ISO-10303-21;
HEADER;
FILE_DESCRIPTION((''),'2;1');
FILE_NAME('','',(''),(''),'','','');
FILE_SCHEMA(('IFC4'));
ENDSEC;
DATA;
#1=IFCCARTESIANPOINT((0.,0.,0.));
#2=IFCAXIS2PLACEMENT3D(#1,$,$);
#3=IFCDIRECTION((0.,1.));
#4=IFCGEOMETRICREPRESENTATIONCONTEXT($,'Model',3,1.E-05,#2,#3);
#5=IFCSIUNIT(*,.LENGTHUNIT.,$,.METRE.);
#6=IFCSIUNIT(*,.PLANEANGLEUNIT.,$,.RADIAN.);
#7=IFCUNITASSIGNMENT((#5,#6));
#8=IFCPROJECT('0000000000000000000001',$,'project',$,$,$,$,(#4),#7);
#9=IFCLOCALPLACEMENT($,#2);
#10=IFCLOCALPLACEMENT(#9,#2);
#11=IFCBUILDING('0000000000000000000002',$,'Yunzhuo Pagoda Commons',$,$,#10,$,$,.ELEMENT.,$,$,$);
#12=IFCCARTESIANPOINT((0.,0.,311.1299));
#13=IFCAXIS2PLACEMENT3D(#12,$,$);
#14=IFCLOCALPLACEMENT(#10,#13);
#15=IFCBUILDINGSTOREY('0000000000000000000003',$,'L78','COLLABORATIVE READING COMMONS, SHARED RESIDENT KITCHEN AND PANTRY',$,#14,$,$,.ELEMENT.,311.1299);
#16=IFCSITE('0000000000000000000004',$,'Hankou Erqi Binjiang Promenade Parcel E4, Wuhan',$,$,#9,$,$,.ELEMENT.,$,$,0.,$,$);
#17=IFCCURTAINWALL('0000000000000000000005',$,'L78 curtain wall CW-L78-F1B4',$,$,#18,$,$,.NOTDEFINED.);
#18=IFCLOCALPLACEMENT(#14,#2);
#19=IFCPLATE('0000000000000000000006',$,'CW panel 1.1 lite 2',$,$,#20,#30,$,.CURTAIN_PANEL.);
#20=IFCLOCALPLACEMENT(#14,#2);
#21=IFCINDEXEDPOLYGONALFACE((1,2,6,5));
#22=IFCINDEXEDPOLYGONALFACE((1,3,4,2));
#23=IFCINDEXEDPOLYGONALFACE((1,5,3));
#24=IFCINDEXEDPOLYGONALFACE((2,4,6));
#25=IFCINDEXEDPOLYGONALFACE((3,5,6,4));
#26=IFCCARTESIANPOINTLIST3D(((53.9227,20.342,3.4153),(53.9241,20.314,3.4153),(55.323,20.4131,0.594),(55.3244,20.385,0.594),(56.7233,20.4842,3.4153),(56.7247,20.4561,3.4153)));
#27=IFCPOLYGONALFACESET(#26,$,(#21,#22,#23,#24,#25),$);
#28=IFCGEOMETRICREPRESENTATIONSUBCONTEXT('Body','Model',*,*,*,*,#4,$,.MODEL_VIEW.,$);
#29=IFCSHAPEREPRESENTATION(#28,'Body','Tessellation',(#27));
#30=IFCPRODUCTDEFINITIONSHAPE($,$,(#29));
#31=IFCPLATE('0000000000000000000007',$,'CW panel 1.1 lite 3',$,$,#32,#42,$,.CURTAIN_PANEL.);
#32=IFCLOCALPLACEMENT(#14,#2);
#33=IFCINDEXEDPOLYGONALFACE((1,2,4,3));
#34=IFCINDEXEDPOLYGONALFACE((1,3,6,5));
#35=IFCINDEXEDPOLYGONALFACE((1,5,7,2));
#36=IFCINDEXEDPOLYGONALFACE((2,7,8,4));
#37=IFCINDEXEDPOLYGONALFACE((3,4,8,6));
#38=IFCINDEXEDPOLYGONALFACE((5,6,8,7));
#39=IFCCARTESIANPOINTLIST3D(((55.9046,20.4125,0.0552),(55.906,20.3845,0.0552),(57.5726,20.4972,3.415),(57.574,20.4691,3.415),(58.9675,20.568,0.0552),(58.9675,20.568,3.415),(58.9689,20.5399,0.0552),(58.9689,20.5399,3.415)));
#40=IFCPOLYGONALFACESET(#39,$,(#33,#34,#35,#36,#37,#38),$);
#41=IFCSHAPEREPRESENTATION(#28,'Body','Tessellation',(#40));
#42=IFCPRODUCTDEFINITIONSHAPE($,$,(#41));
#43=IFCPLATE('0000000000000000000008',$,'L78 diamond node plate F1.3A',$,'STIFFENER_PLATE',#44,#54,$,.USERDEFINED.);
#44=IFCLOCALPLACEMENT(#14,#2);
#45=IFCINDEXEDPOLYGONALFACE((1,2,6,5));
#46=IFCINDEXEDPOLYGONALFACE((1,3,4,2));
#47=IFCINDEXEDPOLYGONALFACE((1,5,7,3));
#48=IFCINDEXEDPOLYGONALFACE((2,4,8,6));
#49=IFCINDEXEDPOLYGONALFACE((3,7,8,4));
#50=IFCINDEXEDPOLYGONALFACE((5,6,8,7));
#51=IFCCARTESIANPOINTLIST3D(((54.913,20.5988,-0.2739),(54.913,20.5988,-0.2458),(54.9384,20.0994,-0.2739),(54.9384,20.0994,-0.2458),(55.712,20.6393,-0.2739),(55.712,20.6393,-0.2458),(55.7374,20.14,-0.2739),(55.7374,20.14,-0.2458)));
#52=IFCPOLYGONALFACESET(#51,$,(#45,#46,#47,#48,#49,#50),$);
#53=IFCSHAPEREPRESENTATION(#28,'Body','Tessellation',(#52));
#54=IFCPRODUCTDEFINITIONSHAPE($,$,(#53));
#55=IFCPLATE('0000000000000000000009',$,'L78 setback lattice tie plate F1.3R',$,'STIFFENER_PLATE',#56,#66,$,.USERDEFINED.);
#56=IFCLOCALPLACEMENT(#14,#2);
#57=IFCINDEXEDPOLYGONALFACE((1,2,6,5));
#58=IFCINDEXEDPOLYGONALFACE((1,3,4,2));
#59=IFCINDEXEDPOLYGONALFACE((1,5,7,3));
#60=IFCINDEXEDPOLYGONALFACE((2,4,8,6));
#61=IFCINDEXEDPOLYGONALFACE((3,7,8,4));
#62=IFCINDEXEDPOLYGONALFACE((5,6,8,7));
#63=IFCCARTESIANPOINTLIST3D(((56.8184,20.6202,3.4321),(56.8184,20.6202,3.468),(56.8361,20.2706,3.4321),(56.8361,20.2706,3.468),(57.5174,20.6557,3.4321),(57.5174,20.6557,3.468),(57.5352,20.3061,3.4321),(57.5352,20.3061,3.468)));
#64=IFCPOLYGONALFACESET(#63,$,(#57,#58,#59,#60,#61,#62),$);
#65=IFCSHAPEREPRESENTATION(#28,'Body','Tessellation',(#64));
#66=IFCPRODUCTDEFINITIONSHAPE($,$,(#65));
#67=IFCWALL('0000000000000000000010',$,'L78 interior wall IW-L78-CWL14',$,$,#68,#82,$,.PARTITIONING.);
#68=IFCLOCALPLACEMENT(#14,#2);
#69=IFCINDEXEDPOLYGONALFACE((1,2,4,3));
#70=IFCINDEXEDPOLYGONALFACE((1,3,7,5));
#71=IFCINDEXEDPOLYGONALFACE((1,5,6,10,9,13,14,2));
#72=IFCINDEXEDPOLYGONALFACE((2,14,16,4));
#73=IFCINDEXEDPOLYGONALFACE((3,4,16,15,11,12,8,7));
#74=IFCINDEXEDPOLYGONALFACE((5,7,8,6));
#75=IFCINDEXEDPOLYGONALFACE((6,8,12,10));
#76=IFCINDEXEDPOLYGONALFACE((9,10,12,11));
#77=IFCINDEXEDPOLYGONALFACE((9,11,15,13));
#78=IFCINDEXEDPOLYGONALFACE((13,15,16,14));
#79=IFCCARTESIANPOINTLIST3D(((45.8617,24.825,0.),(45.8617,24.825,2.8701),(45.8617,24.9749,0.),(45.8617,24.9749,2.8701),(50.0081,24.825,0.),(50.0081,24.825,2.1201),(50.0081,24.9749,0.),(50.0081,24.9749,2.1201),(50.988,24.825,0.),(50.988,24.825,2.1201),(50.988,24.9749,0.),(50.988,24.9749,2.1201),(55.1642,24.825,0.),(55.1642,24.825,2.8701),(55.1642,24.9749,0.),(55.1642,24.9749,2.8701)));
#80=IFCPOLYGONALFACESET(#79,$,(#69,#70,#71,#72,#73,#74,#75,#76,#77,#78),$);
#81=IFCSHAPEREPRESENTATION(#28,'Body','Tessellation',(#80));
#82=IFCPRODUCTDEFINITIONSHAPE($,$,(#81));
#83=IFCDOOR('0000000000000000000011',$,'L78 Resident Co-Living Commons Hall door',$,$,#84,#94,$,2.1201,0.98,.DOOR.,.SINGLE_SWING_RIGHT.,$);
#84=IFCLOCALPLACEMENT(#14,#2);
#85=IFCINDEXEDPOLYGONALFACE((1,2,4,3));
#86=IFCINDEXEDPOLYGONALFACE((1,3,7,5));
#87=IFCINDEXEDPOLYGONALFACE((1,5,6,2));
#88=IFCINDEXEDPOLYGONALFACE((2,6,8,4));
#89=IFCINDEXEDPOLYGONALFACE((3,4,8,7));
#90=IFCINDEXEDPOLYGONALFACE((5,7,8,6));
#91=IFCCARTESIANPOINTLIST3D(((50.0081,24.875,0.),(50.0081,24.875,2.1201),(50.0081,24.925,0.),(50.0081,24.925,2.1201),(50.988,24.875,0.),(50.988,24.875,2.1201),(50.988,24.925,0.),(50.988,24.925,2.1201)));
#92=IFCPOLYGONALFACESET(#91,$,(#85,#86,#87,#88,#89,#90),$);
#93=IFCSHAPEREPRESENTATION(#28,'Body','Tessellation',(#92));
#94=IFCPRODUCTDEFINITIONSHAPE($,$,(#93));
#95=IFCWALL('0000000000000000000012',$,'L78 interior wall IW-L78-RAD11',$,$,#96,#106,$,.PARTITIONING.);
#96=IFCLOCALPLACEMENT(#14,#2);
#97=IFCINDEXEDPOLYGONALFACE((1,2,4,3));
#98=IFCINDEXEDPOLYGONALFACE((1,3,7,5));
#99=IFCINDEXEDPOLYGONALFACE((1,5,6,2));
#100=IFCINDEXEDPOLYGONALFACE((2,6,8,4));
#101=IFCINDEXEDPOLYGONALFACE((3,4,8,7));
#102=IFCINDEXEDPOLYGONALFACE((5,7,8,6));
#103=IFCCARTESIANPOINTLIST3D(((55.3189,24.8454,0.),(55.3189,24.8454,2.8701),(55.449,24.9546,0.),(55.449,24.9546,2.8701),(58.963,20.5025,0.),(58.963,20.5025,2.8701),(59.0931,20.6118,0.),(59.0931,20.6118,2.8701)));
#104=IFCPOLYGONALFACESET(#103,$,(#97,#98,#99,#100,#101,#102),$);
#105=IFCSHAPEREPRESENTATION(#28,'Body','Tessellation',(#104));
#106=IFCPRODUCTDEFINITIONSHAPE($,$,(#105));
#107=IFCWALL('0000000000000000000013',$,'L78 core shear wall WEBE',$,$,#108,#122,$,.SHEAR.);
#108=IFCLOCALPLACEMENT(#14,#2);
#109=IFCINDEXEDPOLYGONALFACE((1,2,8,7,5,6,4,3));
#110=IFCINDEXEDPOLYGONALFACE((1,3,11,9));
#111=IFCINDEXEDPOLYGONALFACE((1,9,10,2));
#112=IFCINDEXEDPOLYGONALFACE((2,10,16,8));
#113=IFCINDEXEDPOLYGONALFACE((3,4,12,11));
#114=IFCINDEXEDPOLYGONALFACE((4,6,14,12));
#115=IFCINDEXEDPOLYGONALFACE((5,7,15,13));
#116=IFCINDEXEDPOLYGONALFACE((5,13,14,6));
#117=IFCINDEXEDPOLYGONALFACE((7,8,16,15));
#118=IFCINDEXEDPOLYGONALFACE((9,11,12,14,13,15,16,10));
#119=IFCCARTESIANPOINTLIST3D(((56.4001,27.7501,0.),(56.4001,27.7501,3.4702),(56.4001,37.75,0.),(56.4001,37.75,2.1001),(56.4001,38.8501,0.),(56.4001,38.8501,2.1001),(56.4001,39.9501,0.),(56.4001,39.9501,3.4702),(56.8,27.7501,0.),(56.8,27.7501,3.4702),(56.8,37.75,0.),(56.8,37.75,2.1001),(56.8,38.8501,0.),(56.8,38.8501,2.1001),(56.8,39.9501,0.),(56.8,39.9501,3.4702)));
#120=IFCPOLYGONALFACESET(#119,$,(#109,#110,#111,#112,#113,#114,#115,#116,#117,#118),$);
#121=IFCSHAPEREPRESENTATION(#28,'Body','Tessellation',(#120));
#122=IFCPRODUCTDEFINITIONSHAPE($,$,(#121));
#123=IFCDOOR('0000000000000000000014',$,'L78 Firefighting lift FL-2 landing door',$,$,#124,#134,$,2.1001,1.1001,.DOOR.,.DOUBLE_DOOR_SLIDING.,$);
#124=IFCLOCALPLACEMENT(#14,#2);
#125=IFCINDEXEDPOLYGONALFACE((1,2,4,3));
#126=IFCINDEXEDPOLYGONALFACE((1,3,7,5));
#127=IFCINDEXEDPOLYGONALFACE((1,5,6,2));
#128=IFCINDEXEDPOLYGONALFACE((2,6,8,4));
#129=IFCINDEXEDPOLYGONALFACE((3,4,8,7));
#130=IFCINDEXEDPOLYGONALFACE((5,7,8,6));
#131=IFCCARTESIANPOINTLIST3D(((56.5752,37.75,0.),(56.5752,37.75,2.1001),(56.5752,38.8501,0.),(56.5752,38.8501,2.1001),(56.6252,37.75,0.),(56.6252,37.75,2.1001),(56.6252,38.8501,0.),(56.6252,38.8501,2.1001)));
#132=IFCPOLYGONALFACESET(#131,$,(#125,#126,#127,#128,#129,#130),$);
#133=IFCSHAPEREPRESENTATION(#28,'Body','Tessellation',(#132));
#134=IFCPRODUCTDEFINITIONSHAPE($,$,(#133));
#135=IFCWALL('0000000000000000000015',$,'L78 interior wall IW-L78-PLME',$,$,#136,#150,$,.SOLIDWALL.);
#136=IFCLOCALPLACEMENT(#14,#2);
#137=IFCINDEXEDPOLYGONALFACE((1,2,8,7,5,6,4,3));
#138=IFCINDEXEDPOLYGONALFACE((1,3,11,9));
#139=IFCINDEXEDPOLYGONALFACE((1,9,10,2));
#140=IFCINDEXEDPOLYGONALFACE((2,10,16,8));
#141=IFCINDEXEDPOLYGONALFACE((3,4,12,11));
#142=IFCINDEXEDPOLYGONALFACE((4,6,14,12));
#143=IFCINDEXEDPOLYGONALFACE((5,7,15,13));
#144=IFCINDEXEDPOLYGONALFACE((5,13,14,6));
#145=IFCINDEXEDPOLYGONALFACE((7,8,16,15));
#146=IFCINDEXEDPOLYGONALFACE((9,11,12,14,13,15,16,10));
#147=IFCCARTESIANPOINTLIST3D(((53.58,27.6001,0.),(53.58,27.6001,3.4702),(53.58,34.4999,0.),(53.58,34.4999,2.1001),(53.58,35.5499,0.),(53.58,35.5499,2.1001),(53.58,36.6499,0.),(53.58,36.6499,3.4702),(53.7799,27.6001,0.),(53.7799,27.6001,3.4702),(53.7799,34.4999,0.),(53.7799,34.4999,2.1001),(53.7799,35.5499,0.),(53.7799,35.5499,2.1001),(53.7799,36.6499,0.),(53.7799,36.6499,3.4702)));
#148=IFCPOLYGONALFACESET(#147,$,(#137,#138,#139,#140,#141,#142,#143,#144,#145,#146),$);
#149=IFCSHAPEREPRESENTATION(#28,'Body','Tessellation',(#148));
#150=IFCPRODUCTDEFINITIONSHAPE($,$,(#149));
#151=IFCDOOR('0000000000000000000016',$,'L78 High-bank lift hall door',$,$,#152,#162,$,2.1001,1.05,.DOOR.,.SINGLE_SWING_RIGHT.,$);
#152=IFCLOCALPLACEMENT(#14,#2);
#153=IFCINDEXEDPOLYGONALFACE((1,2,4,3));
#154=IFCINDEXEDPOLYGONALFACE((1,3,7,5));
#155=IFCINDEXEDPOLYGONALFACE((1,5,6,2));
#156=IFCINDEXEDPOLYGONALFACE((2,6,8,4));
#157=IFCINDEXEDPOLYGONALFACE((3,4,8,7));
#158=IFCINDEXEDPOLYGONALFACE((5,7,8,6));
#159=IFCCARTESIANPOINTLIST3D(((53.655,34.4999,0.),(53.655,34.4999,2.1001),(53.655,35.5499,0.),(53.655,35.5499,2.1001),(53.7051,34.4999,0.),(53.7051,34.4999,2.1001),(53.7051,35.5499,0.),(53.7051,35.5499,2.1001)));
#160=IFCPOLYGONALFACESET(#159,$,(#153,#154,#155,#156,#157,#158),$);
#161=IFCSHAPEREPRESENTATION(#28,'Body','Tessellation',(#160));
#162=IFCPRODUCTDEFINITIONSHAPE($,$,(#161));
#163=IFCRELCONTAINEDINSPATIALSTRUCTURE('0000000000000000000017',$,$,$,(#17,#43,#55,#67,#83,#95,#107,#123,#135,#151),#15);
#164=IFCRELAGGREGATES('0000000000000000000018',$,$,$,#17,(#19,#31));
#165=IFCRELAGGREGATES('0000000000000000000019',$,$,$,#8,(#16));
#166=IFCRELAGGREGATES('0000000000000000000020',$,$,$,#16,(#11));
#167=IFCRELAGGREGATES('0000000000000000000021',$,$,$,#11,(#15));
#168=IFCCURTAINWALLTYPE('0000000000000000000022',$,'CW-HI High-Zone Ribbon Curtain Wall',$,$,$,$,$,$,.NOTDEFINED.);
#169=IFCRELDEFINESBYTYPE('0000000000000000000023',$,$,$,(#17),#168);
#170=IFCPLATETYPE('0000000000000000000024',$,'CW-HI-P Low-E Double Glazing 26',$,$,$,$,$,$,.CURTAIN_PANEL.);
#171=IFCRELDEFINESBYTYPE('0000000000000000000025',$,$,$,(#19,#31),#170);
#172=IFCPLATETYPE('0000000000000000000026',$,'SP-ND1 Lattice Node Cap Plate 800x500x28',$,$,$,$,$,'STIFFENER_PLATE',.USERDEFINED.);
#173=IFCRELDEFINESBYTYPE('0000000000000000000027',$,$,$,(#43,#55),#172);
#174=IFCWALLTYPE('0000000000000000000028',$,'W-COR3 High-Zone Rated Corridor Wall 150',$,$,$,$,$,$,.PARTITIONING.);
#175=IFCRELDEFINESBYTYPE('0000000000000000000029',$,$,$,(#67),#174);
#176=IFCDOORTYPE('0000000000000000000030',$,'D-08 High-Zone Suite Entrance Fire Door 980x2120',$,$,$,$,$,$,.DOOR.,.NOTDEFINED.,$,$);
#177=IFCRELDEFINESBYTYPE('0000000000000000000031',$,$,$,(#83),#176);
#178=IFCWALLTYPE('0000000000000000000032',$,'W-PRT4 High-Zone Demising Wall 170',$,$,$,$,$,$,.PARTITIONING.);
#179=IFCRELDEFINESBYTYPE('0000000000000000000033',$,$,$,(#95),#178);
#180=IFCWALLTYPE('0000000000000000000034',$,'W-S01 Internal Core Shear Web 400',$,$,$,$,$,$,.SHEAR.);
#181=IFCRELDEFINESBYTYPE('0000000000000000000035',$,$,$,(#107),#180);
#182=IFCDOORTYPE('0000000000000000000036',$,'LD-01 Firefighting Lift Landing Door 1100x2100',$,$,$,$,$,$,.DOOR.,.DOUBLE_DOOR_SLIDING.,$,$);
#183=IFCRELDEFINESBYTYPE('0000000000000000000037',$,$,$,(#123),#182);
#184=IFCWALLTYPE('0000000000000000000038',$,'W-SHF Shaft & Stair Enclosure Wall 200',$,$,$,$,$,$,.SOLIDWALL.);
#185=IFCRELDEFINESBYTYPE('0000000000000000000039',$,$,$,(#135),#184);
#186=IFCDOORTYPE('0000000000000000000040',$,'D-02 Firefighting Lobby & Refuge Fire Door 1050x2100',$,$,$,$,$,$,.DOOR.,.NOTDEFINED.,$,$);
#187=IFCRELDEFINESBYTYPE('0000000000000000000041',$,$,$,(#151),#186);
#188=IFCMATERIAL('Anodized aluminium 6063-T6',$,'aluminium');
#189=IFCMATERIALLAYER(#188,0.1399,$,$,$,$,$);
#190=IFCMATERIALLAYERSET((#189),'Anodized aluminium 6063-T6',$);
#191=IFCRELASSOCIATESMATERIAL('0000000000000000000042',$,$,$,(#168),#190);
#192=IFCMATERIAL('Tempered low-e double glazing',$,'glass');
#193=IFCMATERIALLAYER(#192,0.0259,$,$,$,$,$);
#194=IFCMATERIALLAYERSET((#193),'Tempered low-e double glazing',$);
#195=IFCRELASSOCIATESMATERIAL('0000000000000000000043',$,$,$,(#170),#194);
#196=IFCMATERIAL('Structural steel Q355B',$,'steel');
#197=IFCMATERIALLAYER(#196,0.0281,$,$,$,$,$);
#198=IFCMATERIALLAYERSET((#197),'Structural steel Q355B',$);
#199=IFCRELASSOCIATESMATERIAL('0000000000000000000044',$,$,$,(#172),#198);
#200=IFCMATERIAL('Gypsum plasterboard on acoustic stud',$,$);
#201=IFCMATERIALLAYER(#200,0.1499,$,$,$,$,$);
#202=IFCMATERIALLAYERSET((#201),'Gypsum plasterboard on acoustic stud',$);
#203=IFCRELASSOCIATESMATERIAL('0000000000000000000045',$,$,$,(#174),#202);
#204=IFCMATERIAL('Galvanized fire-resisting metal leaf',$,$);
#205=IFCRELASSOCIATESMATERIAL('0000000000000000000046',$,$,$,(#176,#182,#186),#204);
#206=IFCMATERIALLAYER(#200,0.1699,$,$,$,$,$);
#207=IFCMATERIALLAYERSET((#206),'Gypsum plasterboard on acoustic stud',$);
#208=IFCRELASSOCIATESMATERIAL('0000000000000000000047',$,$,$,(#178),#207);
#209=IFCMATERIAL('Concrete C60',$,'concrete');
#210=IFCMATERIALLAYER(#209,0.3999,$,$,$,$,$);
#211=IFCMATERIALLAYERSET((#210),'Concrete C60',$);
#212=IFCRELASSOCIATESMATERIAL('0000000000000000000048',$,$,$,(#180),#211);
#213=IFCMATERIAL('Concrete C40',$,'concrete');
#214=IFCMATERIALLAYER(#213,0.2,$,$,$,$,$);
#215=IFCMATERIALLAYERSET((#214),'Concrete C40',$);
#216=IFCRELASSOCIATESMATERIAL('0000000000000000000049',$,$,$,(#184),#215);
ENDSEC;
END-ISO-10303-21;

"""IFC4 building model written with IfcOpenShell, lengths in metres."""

from ifc_helpers import new_model, si_unit, direction, frame, frame_2d, origin, origin_with_axes, origin_2d, place, context, subcontext, project, spatial, polyline, rectangle, outline, extrude, source, transform, mapped, material, layer, layer_set, type_object, element, fill, aggregate, save


model = new_model("IFC4")

# Units and contexts
model_context = context("Model", 3, precision=1e-05, world=origin(), true_north=direction((0.0, 1.0)))
body_context = subcontext(model_context, "Body", "Model", "MODEL_VIEW")
ifc_project = project(units=[si_unit("LENGTHUNIT", "METRE"), si_unit("PLANEANGLEUNIT", "RADIAN")], contexts=[model_context])

# Site, building, storey
site_placement = place(None, origin())
site = spatial("IfcSite", under=ifc_project, at=site_placement, Name="Hankou Erqi Binjiang Promenade Parcel E4, Wuhan", CompositionType="ELEMENT", RefElevation=0.0)
building_placement = place(site_placement, origin())
building = spatial("IfcBuilding", under=site, at=building_placement, Name="Yunzhuo Pagoda Commons", CompositionType="ELEMENT")
storey_placement = place(building_placement, frame((0.0, 0.0, 311.1299)))
storey = spatial("IfcBuildingStorey", under=building, at=storey_placement, Name="L78", Description="COLLABORATIVE READING COMMONS, SHARED RESIDENT KITCHEN AND PANTRY", CompositionType="ELEMENT", Elevation=311.1299)

# Shared definitions
ifc_material_1 = material(Name="Structural steel Q355B", Category="steel")

# Curtain wall, plates
ifc_material_2 = material(Name="Anodized aluminium 6063-T6", Category="aluminium")
ifc_layer_1 = layer(ifc_material_2, 0.1399)
ifc_layer_set_1 = layer_set([ifc_layer_1], Name="Anodized aluminium 6063-T6")
curtain_wall_type = type_object("IfcCurtainWallType", Name="CW-HI High-Zone Ribbon Curtain Wall", PredefinedType="NOTDEFINED", material=ifc_layer_set_1)
curtain_wall_placement = place(storey_placement, origin())
curtain_wall = element("IfcCurtainWall", 1, at=curtain_wall_placement, inside=storey, type_object=curtain_wall_type, Name="L78 curtain wall CW-L78-F1B4", PredefinedType="NOTDEFINED")
ifc_material_3 = material(Name="Tempered low-e double glazing", Category="glass")
ifc_layer_2 = layer(ifc_material_3, 0.0259)
ifc_layer_set_2 = layer_set([ifc_layer_2], Name="Tempered low-e double glazing")
plate_type_1 = type_object("IfcPlateType", Name="CW-HI-P Low-E Double Glazing 26", PredefinedType="CURTAIN_PANEL", material=ifc_layer_set_2)
plate_1_placement = place(storey_placement, frame((55.323, 20.4131, 2.0046), z_axis=(0.050692, -0.998714, 0.0), x_axis=(0.998714, 0.050692, 0.0)))
plate_1 = element("IfcPlate", 2, at=plate_1_placement, type_object=plate_type_1, Name="CW panel 1.1 lite 2", PredefinedType="CURTAIN_PANEL", context=body_context, shape_type="SweptSolid", body=[
    extrude(outline(polyline([(-1.4021, 1.4106), (0.0, -1.4106), (1.4021, 1.4106), (-1.4021, 1.4106)])), origin(), (0.0, 0.0, 1.0), 0.0281),
])
plate_2_placement = place(storey_placement, frame((57.436, 20.4902, 1.7351), z_axis=(0.050692, -0.998714, 0.0), x_axis=(0.998714, 0.050692, 0.0)))
plate_2 = element("IfcPlate", 3, at=plate_2_placement, type_object=plate_type_1, Name="CW panel 1.1 lite 3", PredefinedType="CURTAIN_PANEL", context=body_context, shape_type="SweptSolid", body=[
    extrude(outline(polyline([(-1.5334, -1.6799), (1.5334, -1.6799), (1.5334, 1.6799), (0.1367, 1.6799), (-1.5334, -1.6799)])), origin(), (0.0, 0.0, 1.0), 0.0281),
])
aggregate(curtain_wall, [plate_1, plate_2])

# Plates
ifc_layer_3 = layer(ifc_material_1, 0.0281)
ifc_layer_set_3 = layer_set([ifc_layer_3], Name="Structural steel Q355B")
plate_type_2 = type_object("IfcPlateType", Name="SP-ND1 Lattice Node Cap Plate 800x500x28", ElementType="STIFFENER_PLATE", PredefinedType="USERDEFINED", material=ifc_layer_set_3)
shared_shape_1 = source(origin(), body_context, "Body", "SweptSolid", [
    extrude(rectangle(XDim=0.8, YDim=0.5, at=origin_2d()), origin(), (0.0, 0.0, 1.0), 0.0281),
])
plate_3_placement = place(storey_placement, frame((55.3252, 20.3694, -0.2739), z_axis=(0.0, 0.0, 1.0), x_axis=(0.998714, 0.050698, 0.0)))
element("IfcPlate", 4, at=plate_3_placement, inside=storey, type_object=plate_type_2, Name="L78 diamond node plate F1.3A", ObjectType="STIFFENER_PLATE", PredefinedType="USERDEFINED", context=body_context, shape_type="MappedRepresentation", body=[
    mapped(shared_shape_1, transform((0.0, 0.0, 0.0), scale=1.0)),
])
shared_shape_2 = source(origin(), body_context, "Body", "SweptSolid", [
    extrude(rectangle(XDim=0.7, YDim=0.3501, at=origin_2d()), origin(), (0.0, 0.0, 1.0), 0.0359),
])
plate_4_placement = place(storey_placement, frame((57.1768, 20.4631, 3.4321), z_axis=(0.0, 0.0, 1.0), x_axis=(0.998714, 0.050698, 0.0)))
element("IfcPlate", 5, at=plate_4_placement, inside=storey, type_object=plate_type_2, Name="L78 setback lattice tie plate F1.3R", ObjectType="STIFFENER_PLATE", PredefinedType="USERDEFINED", context=body_context, shape_type="MappedRepresentation", body=[
    mapped(shared_shape_2, transform((0.0, 0.0, 0.0), scale=1.0)),
])

# Wall, opening, door
ifc_material_4 = material(Name="Gypsum plasterboard on acoustic stud")
ifc_layer_4 = layer(ifc_material_4, 0.1499)
ifc_layer_set_4 = layer_set([ifc_layer_4], Name="Gypsum plasterboard on acoustic stud")
wall_type_1 = type_object("IfcWallType", Name="W-COR3 High-Zone Rated Corridor Wall 150", PredefinedType="PARTITIONING", material=ifc_layer_set_4)
wall_1_placement = place(storey_placement, frame((55.1643, 24.8999, 0.0), z_axis=(0.0, 0.0, 1.0), x_axis=(-1.0, 0.0, 0.0)))
wall_1 = element("IfcWall", 6, at=wall_1_placement, inside=storey, type_object=wall_type_1, Name="L78 interior wall IW-L78-CWL14", PredefinedType="PARTITIONING", context=body_context, shape_type="SweptSolid", body=[
    extrude(rectangle(XDim=9.3025, YDim=0.1499, at=frame_2d((4.6514, 0.0))), origin(), (0.0, 0.0, 1.0), 2.8701),
])
opening_1_placement = place(wall_1_placement, frame((4.1763, 0.0, 0.0)))
opening_1 = element("IfcOpeningElement", 7, at=opening_1_placement, cuts=wall_1, PredefinedType="OPENING", context=body_context, shape_type="SweptSolid", body=[
    extrude(rectangle(XDim=0.98, YDim=2.1201, at=frame_2d((0.49, 1.0601))), frame((0.0, 0.085, 0.0), z_axis=(0.0, -1.0, 0.0), x_axis=(1.0, 0.0, 0.0)), (0.0, 0.0, 1.0), 0.1699),
])
ifc_material_5 = material(Name="Galvanized fire-resisting metal leaf")
door_type_1 = type_object("IfcDoorType", Name="D-08 High-Zone Suite Entrance Fire Door 980x2120", OperationType="NOTDEFINED", PredefinedType="DOOR", material=ifc_material_5)
shared_shape_3 = source(origin(), body_context, "Body", "SweptSolid", [
    extrude(rectangle(XDim=0.98, YDim=2.1201, at=frame_2d((0.49, 1.0601))), frame((0.0, 0.0249, 0.0), z_axis=(0.0, -1.0, 0.0), x_axis=(1.0, 0.0, 0.0)), (0.0, 0.0, 1.0), 0.05),
])
door_1_placement = place(opening_1_placement, origin_with_axes())
door_1 = element("IfcDoor", 8, at=door_1_placement, inside=storey, type_object=door_type_1, Name="L78 Resident Co-Living Commons Hall door", OperationType="SINGLE_SWING_RIGHT", OverallHeight=2.1201, OverallWidth=0.98, PredefinedType="DOOR", context=body_context, shape_type="MappedRepresentation", body=[
    mapped(shared_shape_3, transform((0.0, 0.0, 0.0), scale=1.0)),
])
fill(opening_1, door_1)

# Wall
ifc_layer_5 = layer(ifc_material_4, 0.1699)
ifc_layer_set_5 = layer_set([ifc_layer_5], Name="Gypsum plasterboard on acoustic stud")
wall_type_2 = type_object("IfcWallType", Name="W-PRT4 High-Zone Demising Wall 170", PredefinedType="PARTITIONING", material=ifc_layer_set_5)
wall_2_placement = place(storey_placement, frame((55.384, 24.8999, 0.0), z_axis=(0.0, 0.0, 1.0), x_axis=(0.64279, -0.766042, 0.0)))
element("IfcWall", 9, at=wall_2_placement, inside=storey, type_object=wall_type_2, Name="L78 interior wall IW-L78-RAD11", PredefinedType="PARTITIONING", context=body_context, shape_type="SweptSolid", body=[
    extrude(rectangle(XDim=5.6692, YDim=0.1699, at=frame_2d((2.8345, 0.0))), origin(), (0.0, 0.0, 1.0), 2.8701),
])

# Walls, openings, doors
ifc_material_6 = material(Name="Concrete C60", Category="concrete")
ifc_layer_6 = layer(ifc_material_6, 0.3999)
ifc_layer_set_6 = layer_set([ifc_layer_6], Name="Concrete C60")
wall_type_3 = type_object("IfcWallType", Name="W-S01 Internal Core Shear Web 400", PredefinedType="SHEAR", material=ifc_layer_set_6)
wall_3_placement = place(storey_placement, frame((56.6001, 27.75, 0.0), z_axis=(0.0, 0.0, 1.0), x_axis=(0.0, 1.0, 0.0)))
wall_3 = element("IfcWall", 10, at=wall_3_placement, inside=storey, type_object=wall_type_3, Name="L78 core shear wall WEBE", PredefinedType="SHEAR", context=body_context, shape_type="SweptSolid", body=[
    extrude(rectangle(XDim=12.2, YDim=0.3999, at=frame_2d((6.1001, 0.0))), origin(), (0.0, 0.0, 1.0), 3.4702),
])
opening_2_placement = place(wall_3_placement, frame((10.0, 0.0, 0.0)))
opening_2 = element("IfcOpeningElement", 11, at=opening_2_placement, cuts=wall_3, PredefinedType="OPENING", context=body_context, shape_type="SweptSolid", body=[
    extrude(rectangle(XDim=1.1001, YDim=2.1001, at=frame_2d((0.55, 1.05))), frame((0.0, 0.21, 0.0), z_axis=(0.0, -1.0, 0.0), x_axis=(1.0, 0.0, 0.0)), (0.0, 0.0, 1.0), 0.4199),
])
door_type_2 = type_object("IfcDoorType", Name="LD-01 Firefighting Lift Landing Door 1100x2100", OperationType="DOUBLE_DOOR_SLIDING", PredefinedType="DOOR", material=ifc_material_5)
shared_shape_4 = source(origin(), body_context, "Body", "SweptSolid", [
    extrude(rectangle(XDim=1.1001, YDim=2.1001, at=frame_2d((0.55, 1.05))), frame((0.0, 0.0249, 0.0), z_axis=(0.0, -1.0, 0.0), x_axis=(1.0, 0.0, 0.0)), (0.0, 0.0, 1.0), 0.05),
])
door_2_placement = place(opening_2_placement, origin_with_axes())
door_2 = element("IfcDoor", 12, at=door_2_placement, inside=storey, type_object=door_type_2, Name="L78 Firefighting lift FL-2 landing door", OperationType="DOUBLE_DOOR_SLIDING", OverallHeight=2.1001, OverallWidth=1.1001, PredefinedType="DOOR", context=body_context, shape_type="MappedRepresentation", body=[
    mapped(shared_shape_4, transform((0.0, 0.0, 0.0), scale=1.0)),
])
fill(opening_2, door_2)
ifc_material_7 = material(Name="Concrete C40", Category="concrete")
ifc_layer_7 = layer(ifc_material_7, 0.2)
ifc_layer_set_7 = layer_set([ifc_layer_7], Name="Concrete C40")
wall_type_4 = type_object("IfcWallType", Name="W-SHF Shaft & Stair Enclosure Wall 200", PredefinedType="SOLIDWALL", material=ifc_layer_set_7)
wall_4_placement = place(storey_placement, frame((53.6799, 27.6001, 0.0), z_axis=(0.0, 0.0, 1.0), x_axis=(0.0, 1.0, 0.0)))
wall_4 = element("IfcWall", 13, at=wall_4_placement, inside=storey, type_object=wall_type_4, Name="L78 interior wall IW-L78-PLME", PredefinedType="SOLIDWALL", context=body_context, shape_type="SweptSolid", body=[
    extrude(rectangle(XDim=9.0498, YDim=0.2, at=frame_2d((4.5249, 0.0))), origin(), (0.0, 0.0, 1.0), 3.4702),
])
opening_3_placement = place(wall_4_placement, frame((6.8999, 0.0, 0.0)))
opening_3 = element("IfcOpeningElement", 14, at=opening_3_placement, cuts=wall_4, PredefinedType="OPENING", context=body_context, shape_type="SweptSolid", body=[
    extrude(rectangle(XDim=1.05, YDim=2.1001, at=frame_2d((0.5249, 1.05))), frame((0.0, 0.1099, 0.0), z_axis=(0.0, -1.0, 0.0), x_axis=(1.0, 0.0, 0.0)), (0.0, 0.0, 1.0), 0.22),
])
door_type_3 = type_object("IfcDoorType", Name="D-02 Firefighting Lobby & Refuge Fire Door 1050x2100", OperationType="NOTDEFINED", PredefinedType="DOOR", material=ifc_material_5)
shared_shape_5 = source(origin(), body_context, "Body", "SweptSolid", [
    extrude(rectangle(XDim=1.05, YDim=2.1001, at=frame_2d((0.5249, 1.05))), frame((0.0, 0.0249, 0.0), z_axis=(0.0, -1.0, 0.0), x_axis=(1.0, 0.0, 0.0)), (0.0, 0.0, 1.0), 0.05),
])
door_3_placement = place(opening_3_placement, origin_with_axes())
door_3 = element("IfcDoor", 15, at=door_3_placement, inside=storey, type_object=door_type_3, Name="L78 High-bank lift hall door", OperationType="SINGLE_SWING_RIGHT", OverallHeight=2.1001, OverallWidth=1.05, PredefinedType="DOOR", context=body_context, shape_type="MappedRepresentation", body=[
    mapped(shared_shape_5, transform((0.0, 0.0, 0.0), scale=1.0)),
])
fill(opening_3, door_3)

save(model, "model.ifc")
